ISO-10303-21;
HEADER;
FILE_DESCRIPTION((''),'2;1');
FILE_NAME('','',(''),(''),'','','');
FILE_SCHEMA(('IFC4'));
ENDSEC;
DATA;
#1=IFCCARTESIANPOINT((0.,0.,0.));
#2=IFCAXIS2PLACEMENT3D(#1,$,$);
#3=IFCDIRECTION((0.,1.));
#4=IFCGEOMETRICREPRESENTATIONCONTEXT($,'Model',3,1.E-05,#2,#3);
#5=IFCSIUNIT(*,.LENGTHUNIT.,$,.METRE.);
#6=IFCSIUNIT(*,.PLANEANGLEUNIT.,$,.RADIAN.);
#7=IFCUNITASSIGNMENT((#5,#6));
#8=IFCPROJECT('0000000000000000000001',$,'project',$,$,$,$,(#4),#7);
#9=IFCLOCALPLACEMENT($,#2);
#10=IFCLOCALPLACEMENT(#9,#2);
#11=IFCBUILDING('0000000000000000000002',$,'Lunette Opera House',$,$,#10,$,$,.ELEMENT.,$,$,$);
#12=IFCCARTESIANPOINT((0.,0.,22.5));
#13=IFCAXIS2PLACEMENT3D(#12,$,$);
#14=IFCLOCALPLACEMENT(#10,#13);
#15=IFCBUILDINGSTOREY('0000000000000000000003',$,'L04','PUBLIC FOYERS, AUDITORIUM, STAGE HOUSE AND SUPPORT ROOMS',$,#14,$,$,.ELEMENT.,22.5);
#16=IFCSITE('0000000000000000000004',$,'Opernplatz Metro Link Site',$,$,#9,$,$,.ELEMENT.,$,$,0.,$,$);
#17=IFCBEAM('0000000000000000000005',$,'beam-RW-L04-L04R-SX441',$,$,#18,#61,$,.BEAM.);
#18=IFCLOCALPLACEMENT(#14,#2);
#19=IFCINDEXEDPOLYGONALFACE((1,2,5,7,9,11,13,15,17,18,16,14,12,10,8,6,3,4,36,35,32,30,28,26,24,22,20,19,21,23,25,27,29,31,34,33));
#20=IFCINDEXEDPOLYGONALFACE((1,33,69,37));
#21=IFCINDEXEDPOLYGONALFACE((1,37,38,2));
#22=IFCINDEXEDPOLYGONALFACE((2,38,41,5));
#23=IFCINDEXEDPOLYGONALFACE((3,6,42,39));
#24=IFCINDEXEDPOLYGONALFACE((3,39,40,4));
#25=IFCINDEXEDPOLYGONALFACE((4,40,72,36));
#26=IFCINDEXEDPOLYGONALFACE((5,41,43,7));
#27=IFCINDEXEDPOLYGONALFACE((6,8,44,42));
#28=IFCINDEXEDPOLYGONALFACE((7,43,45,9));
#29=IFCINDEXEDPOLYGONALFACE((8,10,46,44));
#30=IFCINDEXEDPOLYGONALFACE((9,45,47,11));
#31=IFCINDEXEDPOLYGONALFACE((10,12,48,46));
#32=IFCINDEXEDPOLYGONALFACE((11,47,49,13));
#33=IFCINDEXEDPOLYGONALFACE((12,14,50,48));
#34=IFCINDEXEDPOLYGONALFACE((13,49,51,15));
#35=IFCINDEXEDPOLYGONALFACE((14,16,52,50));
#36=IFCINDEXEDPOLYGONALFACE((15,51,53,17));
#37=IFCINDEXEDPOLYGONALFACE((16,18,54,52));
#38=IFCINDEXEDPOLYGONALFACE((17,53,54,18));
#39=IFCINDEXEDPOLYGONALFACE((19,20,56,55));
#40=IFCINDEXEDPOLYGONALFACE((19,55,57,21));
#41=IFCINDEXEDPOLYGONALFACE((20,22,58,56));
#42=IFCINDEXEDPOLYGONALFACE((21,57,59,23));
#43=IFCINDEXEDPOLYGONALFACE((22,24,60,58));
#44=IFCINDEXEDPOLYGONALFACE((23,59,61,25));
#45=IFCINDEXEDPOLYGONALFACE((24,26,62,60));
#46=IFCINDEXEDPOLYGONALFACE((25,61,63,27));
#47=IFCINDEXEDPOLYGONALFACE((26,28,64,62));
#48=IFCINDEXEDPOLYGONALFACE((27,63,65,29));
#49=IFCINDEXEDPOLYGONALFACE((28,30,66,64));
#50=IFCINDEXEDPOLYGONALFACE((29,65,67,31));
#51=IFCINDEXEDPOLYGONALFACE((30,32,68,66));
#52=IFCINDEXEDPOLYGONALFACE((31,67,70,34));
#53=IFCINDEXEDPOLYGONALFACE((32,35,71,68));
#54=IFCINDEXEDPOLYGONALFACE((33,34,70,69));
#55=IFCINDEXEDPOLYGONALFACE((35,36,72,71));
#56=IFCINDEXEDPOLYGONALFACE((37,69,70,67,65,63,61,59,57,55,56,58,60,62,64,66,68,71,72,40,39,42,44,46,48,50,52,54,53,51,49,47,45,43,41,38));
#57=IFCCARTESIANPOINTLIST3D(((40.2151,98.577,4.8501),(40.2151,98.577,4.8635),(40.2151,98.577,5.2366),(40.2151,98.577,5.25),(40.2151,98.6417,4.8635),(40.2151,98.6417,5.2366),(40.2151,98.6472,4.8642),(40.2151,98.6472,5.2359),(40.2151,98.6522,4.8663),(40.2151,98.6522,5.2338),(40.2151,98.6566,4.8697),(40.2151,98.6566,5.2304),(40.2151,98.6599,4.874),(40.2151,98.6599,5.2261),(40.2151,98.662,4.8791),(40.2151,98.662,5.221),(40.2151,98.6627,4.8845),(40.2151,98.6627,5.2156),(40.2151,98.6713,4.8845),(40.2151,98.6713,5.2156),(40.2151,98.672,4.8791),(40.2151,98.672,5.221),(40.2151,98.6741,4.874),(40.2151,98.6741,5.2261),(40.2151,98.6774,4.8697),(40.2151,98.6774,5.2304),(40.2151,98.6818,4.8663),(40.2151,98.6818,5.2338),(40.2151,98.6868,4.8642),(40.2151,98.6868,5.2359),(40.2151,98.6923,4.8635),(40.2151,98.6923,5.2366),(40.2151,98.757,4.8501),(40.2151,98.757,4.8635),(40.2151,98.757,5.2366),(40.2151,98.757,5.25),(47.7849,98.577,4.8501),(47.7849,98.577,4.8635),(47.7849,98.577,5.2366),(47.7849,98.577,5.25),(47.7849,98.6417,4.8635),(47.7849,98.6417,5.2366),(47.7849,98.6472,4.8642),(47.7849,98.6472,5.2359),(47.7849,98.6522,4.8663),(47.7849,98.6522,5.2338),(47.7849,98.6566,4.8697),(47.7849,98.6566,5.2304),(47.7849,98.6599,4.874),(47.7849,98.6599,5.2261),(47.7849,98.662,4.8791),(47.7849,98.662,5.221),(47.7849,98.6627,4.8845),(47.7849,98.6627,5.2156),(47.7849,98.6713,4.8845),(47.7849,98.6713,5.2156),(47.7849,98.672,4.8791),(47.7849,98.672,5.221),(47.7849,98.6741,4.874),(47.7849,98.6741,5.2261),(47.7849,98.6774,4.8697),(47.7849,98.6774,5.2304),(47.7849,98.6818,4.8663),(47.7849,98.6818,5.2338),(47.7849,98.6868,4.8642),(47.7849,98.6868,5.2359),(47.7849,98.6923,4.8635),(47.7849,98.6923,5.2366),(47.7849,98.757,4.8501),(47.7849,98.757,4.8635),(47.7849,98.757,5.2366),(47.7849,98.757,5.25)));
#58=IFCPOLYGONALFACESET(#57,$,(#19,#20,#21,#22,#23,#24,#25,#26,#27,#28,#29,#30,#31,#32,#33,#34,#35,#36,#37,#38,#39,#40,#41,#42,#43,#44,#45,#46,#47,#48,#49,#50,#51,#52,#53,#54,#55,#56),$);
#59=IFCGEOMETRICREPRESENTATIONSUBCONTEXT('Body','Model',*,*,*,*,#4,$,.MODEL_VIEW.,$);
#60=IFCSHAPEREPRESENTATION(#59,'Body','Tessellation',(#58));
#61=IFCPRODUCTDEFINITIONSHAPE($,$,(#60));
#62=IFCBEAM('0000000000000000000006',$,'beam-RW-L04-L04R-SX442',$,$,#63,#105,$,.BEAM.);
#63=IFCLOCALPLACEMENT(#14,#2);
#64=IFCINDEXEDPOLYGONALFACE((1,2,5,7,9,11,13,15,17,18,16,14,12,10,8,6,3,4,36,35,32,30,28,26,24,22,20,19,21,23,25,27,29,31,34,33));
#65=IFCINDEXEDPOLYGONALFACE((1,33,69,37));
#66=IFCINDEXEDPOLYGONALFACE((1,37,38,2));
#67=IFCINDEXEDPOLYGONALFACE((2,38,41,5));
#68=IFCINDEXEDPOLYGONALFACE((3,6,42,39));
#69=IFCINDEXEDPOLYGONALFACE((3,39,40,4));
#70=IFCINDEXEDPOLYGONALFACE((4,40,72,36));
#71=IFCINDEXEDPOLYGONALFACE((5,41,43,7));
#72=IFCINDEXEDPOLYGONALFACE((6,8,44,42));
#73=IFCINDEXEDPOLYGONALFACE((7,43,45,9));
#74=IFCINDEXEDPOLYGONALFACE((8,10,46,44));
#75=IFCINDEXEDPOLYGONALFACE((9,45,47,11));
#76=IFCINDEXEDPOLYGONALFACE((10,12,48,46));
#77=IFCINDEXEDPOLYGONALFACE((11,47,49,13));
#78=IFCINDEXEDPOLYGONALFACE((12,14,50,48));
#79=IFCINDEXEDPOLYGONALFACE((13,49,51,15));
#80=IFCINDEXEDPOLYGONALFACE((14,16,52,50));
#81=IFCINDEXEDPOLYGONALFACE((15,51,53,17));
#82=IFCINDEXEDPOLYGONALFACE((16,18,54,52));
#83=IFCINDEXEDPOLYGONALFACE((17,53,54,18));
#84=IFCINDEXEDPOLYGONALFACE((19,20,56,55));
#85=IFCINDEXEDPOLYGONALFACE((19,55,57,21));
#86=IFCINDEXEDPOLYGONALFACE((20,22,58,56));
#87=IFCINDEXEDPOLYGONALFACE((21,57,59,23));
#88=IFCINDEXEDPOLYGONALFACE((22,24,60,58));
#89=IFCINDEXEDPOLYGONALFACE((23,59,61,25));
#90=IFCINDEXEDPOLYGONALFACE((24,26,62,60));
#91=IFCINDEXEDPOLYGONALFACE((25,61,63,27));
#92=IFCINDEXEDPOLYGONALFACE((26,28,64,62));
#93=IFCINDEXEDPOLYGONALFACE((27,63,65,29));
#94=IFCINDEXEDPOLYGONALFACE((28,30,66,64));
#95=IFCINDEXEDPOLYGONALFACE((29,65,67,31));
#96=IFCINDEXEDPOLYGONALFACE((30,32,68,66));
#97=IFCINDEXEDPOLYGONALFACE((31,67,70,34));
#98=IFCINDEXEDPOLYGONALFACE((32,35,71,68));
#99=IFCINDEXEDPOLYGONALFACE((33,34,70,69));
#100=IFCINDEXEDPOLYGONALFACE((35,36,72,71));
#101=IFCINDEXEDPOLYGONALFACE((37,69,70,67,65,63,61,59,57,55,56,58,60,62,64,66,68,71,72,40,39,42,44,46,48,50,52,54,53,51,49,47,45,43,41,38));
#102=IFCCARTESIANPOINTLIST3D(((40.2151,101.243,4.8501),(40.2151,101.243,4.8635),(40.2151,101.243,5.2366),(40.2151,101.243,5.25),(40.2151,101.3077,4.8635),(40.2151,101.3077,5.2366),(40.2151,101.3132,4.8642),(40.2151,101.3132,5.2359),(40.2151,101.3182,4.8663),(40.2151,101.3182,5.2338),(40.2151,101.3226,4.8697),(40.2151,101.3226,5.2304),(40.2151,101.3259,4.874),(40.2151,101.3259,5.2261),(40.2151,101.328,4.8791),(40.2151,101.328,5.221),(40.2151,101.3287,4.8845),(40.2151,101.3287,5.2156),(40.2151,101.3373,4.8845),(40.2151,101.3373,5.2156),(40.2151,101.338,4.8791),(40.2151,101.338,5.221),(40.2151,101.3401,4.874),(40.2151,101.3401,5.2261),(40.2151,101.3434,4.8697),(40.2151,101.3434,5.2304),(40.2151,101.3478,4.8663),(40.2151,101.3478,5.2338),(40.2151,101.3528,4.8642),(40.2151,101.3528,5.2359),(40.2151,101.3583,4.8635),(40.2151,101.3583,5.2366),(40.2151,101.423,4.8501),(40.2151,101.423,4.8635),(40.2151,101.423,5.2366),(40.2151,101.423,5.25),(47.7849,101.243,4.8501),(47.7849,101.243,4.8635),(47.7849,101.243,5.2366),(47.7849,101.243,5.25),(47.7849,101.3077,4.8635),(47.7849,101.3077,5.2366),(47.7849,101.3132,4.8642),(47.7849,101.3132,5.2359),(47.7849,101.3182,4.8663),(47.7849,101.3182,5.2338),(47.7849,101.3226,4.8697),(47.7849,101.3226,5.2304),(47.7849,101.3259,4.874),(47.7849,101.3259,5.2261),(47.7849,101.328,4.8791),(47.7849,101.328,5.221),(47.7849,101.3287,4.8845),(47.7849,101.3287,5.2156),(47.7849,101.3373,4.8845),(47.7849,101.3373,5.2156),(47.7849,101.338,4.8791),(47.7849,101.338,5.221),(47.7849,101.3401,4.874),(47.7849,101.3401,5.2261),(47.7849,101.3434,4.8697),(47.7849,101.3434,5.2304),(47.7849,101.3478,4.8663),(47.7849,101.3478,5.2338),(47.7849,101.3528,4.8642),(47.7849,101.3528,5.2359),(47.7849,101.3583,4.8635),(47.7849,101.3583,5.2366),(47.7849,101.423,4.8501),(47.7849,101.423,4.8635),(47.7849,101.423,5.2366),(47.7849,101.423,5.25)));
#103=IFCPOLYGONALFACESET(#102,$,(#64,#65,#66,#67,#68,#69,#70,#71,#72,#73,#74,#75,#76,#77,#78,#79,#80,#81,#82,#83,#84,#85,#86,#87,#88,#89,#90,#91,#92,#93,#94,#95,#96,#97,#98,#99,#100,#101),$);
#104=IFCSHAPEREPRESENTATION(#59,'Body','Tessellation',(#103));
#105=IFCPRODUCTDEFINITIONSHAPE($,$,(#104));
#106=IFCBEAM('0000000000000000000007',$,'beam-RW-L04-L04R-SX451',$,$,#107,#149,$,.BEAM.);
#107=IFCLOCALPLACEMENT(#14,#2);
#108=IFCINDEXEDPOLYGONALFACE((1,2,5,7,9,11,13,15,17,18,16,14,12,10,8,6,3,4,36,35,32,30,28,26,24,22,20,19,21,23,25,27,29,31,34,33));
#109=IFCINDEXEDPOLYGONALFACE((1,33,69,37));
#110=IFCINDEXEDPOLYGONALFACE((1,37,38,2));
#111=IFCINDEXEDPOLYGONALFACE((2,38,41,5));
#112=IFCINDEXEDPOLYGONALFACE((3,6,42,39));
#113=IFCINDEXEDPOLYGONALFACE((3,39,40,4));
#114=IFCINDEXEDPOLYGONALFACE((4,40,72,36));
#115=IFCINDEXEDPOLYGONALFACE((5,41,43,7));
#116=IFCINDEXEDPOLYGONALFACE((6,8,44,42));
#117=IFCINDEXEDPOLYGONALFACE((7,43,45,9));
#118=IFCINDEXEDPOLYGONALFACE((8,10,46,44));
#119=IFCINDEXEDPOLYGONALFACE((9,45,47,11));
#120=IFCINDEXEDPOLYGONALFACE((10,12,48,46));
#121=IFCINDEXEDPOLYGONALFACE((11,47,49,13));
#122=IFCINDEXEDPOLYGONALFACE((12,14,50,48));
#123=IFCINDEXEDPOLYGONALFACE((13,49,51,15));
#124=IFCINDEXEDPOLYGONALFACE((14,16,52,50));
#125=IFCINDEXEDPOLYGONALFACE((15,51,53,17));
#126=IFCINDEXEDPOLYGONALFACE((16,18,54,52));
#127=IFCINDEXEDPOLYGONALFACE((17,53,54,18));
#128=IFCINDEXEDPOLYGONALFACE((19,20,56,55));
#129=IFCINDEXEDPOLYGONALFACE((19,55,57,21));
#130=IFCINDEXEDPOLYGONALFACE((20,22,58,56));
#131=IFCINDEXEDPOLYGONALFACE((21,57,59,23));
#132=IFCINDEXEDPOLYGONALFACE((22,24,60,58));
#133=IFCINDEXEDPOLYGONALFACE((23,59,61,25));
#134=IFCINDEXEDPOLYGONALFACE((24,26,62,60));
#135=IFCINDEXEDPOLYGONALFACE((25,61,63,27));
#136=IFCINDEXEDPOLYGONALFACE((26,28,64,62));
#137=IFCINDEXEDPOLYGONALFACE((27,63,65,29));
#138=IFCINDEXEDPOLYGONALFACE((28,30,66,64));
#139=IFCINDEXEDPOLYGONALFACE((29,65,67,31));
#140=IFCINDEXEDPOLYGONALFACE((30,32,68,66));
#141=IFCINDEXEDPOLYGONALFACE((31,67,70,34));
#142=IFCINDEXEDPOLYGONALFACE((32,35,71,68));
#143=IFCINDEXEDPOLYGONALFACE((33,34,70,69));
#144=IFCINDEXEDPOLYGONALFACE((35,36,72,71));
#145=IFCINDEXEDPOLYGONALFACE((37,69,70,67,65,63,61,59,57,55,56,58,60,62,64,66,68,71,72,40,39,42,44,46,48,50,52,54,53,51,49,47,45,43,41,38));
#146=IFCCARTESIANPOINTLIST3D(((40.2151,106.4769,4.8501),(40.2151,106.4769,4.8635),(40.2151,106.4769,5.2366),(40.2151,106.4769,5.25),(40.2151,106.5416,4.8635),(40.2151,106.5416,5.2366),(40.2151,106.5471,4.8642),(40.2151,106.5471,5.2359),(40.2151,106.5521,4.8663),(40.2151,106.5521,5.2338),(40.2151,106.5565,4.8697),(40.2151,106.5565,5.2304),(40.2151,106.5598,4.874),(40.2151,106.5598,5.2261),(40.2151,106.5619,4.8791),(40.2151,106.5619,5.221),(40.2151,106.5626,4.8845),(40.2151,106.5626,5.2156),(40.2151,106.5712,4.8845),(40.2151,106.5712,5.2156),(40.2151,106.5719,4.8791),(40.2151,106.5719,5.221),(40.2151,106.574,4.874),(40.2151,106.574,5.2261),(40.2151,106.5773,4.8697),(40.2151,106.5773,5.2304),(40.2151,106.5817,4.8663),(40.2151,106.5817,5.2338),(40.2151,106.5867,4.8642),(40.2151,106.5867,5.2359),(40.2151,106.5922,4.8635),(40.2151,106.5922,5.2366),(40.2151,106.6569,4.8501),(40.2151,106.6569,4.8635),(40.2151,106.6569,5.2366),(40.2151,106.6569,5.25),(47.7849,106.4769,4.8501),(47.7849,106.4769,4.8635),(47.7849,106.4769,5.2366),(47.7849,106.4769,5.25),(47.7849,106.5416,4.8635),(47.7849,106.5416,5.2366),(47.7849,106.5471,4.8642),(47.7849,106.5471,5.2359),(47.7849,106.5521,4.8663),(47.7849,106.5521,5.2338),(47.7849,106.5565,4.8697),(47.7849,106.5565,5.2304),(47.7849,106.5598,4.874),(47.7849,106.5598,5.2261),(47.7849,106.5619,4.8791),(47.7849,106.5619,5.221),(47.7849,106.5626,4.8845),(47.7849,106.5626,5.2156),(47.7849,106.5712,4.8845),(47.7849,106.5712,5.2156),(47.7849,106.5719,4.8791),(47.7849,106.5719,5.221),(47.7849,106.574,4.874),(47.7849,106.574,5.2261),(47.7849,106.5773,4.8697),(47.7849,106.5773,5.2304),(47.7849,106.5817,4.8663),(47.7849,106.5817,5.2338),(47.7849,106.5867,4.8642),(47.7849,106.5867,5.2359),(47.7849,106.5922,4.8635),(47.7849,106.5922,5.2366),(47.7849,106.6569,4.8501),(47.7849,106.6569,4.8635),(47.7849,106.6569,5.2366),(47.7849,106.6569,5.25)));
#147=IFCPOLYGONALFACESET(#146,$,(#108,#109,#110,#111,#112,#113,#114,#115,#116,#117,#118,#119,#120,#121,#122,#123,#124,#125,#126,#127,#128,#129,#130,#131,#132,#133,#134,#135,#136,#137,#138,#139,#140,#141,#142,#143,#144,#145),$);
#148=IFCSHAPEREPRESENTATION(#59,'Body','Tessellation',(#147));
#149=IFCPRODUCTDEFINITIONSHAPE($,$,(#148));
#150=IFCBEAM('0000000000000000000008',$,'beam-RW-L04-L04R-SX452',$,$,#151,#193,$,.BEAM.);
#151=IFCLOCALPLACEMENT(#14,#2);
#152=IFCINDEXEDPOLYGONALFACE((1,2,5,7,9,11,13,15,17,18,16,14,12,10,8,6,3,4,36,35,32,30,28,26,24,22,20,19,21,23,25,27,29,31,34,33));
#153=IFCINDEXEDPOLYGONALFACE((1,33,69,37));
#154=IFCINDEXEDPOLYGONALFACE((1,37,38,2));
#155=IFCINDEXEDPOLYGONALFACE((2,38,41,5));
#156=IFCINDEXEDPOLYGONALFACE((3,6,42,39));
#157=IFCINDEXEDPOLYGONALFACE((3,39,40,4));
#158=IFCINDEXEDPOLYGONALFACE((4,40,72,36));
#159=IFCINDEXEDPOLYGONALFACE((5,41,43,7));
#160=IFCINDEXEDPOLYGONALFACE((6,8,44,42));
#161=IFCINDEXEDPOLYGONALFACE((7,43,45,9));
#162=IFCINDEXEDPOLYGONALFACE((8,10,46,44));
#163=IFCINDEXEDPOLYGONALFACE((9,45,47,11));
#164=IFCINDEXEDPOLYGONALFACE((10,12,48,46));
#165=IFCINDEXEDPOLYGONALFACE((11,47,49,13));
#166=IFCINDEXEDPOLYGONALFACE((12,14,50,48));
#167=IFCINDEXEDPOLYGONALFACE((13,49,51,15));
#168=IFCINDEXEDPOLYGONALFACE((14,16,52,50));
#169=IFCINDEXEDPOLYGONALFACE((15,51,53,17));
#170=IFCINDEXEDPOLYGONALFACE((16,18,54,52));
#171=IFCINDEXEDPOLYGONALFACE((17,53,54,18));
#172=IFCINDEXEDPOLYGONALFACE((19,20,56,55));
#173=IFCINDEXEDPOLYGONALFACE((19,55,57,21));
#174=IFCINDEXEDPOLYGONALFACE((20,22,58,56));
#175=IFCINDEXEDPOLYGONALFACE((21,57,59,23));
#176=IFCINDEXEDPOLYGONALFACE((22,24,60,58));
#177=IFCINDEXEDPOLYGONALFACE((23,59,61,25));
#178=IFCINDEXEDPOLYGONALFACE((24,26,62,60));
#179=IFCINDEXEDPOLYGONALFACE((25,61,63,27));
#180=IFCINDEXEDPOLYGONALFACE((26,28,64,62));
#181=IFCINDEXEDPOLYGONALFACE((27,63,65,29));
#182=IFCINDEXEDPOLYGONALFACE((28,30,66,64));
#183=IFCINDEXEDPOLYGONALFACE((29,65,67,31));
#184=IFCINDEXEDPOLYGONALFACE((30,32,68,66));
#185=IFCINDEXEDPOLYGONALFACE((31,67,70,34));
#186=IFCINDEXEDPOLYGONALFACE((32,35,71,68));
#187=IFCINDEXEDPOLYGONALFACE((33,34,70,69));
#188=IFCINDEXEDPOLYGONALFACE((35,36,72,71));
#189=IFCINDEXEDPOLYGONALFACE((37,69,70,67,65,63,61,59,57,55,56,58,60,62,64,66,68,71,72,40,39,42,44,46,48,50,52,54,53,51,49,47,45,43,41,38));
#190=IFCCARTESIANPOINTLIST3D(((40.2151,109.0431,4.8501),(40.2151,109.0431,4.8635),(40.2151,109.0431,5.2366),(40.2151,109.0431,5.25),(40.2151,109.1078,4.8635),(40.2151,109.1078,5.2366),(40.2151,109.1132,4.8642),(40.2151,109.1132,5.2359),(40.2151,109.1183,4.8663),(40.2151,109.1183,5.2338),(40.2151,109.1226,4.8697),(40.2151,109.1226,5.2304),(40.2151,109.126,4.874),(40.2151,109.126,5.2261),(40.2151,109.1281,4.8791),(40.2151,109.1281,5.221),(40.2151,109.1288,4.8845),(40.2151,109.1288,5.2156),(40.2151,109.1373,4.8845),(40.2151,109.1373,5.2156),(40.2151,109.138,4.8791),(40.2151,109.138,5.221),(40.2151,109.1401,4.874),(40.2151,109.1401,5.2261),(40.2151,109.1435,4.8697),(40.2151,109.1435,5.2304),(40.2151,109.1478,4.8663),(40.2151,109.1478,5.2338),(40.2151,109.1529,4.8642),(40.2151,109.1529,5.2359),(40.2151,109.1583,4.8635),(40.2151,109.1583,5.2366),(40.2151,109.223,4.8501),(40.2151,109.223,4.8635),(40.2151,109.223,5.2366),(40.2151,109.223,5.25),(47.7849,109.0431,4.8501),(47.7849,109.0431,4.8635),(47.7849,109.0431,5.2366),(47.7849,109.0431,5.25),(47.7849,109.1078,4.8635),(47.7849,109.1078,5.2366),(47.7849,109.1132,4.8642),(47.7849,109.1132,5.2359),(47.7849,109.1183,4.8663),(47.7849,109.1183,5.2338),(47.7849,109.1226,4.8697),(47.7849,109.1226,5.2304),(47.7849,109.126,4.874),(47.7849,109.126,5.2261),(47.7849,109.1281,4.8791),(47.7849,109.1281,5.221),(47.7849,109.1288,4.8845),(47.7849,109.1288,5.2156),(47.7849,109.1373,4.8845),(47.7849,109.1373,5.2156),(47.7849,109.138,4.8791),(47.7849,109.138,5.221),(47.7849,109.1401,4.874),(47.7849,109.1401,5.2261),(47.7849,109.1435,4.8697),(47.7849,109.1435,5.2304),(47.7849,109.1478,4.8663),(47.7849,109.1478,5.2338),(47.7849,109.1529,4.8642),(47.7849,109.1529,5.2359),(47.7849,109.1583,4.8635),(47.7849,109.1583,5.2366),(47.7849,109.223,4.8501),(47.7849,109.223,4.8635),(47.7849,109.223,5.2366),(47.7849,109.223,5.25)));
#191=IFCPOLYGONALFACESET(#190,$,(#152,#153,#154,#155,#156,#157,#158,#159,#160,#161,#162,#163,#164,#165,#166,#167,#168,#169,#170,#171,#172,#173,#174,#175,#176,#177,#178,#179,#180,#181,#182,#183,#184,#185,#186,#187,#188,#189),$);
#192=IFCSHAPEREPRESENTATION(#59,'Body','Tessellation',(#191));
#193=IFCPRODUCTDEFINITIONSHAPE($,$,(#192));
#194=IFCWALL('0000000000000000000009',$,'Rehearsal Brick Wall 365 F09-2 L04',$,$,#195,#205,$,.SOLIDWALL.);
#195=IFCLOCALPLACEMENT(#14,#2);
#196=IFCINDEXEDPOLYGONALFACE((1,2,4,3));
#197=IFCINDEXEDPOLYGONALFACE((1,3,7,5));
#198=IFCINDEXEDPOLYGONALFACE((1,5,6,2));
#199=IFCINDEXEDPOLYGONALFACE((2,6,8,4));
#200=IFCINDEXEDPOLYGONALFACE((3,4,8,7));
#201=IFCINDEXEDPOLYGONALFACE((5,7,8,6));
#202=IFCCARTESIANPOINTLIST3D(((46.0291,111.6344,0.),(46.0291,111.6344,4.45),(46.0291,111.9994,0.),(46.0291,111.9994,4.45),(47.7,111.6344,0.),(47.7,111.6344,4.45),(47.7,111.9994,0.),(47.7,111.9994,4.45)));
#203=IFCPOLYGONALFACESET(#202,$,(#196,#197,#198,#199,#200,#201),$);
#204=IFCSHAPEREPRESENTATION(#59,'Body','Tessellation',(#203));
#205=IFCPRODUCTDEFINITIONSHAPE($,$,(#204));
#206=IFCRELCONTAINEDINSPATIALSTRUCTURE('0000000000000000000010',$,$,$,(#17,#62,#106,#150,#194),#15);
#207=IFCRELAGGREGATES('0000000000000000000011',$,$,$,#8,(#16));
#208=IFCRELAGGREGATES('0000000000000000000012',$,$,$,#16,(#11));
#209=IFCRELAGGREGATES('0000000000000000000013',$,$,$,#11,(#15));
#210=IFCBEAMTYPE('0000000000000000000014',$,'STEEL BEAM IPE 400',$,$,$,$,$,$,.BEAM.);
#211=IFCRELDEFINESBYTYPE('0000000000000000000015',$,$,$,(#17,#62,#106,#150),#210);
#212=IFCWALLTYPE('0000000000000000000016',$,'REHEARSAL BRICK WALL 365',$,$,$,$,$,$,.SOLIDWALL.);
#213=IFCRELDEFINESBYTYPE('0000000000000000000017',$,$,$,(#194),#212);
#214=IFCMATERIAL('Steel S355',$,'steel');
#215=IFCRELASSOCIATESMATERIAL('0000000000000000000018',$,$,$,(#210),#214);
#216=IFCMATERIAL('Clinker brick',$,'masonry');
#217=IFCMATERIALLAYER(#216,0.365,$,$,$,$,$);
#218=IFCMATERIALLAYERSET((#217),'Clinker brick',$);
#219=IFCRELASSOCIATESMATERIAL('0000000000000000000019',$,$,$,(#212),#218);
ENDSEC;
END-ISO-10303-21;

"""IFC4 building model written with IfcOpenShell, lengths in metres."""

from ifc_helpers import new_model, si_unit, direction, frame, frame_2d, origin, origin_2d, place, context, subcontext, project, spatial, rectangle, i_section, extrude, material, layer, layer_set, material_profile, profile_set, type_object, element, save


model = new_model("IFC4")

# Units and contexts
model_context = context("Model", 3, precision=1e-05, world=origin(), true_north=direction((0.0, 1.0)))
body_context = subcontext(model_context, "Body", "Model", "MODEL_VIEW")
ifc_project = project(units=[si_unit("LENGTHUNIT", "METRE"), si_unit("PLANEANGLEUNIT", "RADIAN")], contexts=[model_context])

# Site, building, storey
site_placement = place(None, origin())
site = spatial("IfcSite", under=ifc_project, at=site_placement, Name="Opernplatz Metro Link Site", CompositionType="ELEMENT", RefElevation=0.0)
building_placement = place(site_placement, origin())
building = spatial("IfcBuilding", under=site, at=building_placement, Name="Lunette Opera House", CompositionType="ELEMENT")
storey_placement = place(building_placement, frame((0.0, 0.0, 22.5)))
storey = spatial("IfcBuildingStorey", under=building, at=storey_placement, Name="L04", Description="PUBLIC FOYERS, AUDITORIUM, STAGE HOUSE AND SUPPORT ROOMS", CompositionType="ELEMENT", Elevation=22.5)

# Beams
ifc_material_1 = material(Name="Steel S355", Category="steel")
ifc_material_profile_1 = material_profile(ifc_material_1, i_section(OverallWidth=0.1799, OverallDepth=0.3999, WebThickness=0.0085, FlangeThickness=0.0134, FilletRadius=0.021, at=origin_2d()), Name="IPE 400")
ifc_profile_set_1 = profile_set([ifc_material_profile_1], Name="Steel S355")
beam_type_1 = type_object("IfcBeamType", Name="STEEL BEAM IPE 400", PredefinedType="BEAM", material=ifc_profile_set_1)
for number, where, z_axis, x_axis, name in (
    (1, (40.2151, 98.667, 5.05), (1.0, 0.0, 0.0), (0.0, 1.0, 0.0), "beam-RW-L04-L04R-SX441"),
    (2, (40.2151, 101.333, 5.05), (1.0, 0.0, 0.0), (0.0, 1.0, 0.0), "beam-RW-L04-L04R-SX442"),
    (3, (40.2151, 106.5669, 5.05), (1.0, 0.0, 0.0), (0.0, 1.0, 0.0), "beam-RW-L04-L04R-SX451"),
    (4, (40.2151, 109.1331, 5.05), (1.0, 0.0, 0.0), (0.0, 1.0, 0.0), "beam-RW-L04-L04R-SX452"),
):
    element("IfcBeam", number, at=place(storey_placement, frame(where, z_axis=z_axis, x_axis=x_axis)), inside=storey, type_object=beam_type_1, Name=name, PredefinedType="BEAM", context=body_context, shape_type="SweptSolid", body=[
        extrude(i_section(OverallWidth=0.1799, OverallDepth=0.3999, WebThickness=0.0085, FlangeThickness=0.0134, FilletRadius=0.021, at=origin_2d()), origin(), (0.0, 0.0, 1.0), 7.5698),
    ])

# Wall
ifc_material_2 = material(Name="Clinker brick", Category="masonry")
ifc_layer_1 = layer(ifc_material_2, 0.365)
ifc_layer_set_1 = layer_set([ifc_layer_1], Name="Clinker brick")
wall_type = type_object("IfcWallType", Name="REHEARSAL BRICK WALL 365", PredefinedType="SOLIDWALL", material=ifc_layer_set_1)
wall_1_placement = place(storey_placement, frame((47.7, 111.8169, 0.0), z_axis=(0.0, 0.0, 1.0), x_axis=(-1.0, 0.0, 0.0)))
element("IfcWall", 5, at=wall_1_placement, inside=storey, type_object=wall_type, Name="Rehearsal Brick Wall 365 F09-2 L04", PredefinedType="SOLIDWALL", context=body_context, shape_type="SweptSolid", body=[
    extrude(rectangle(XDim=1.6709, YDim=0.365, at=frame_2d((0.8354, 0.0))), origin(), (0.0, 0.0, 1.0), 4.45),
])

save(model, "model.ifc")
